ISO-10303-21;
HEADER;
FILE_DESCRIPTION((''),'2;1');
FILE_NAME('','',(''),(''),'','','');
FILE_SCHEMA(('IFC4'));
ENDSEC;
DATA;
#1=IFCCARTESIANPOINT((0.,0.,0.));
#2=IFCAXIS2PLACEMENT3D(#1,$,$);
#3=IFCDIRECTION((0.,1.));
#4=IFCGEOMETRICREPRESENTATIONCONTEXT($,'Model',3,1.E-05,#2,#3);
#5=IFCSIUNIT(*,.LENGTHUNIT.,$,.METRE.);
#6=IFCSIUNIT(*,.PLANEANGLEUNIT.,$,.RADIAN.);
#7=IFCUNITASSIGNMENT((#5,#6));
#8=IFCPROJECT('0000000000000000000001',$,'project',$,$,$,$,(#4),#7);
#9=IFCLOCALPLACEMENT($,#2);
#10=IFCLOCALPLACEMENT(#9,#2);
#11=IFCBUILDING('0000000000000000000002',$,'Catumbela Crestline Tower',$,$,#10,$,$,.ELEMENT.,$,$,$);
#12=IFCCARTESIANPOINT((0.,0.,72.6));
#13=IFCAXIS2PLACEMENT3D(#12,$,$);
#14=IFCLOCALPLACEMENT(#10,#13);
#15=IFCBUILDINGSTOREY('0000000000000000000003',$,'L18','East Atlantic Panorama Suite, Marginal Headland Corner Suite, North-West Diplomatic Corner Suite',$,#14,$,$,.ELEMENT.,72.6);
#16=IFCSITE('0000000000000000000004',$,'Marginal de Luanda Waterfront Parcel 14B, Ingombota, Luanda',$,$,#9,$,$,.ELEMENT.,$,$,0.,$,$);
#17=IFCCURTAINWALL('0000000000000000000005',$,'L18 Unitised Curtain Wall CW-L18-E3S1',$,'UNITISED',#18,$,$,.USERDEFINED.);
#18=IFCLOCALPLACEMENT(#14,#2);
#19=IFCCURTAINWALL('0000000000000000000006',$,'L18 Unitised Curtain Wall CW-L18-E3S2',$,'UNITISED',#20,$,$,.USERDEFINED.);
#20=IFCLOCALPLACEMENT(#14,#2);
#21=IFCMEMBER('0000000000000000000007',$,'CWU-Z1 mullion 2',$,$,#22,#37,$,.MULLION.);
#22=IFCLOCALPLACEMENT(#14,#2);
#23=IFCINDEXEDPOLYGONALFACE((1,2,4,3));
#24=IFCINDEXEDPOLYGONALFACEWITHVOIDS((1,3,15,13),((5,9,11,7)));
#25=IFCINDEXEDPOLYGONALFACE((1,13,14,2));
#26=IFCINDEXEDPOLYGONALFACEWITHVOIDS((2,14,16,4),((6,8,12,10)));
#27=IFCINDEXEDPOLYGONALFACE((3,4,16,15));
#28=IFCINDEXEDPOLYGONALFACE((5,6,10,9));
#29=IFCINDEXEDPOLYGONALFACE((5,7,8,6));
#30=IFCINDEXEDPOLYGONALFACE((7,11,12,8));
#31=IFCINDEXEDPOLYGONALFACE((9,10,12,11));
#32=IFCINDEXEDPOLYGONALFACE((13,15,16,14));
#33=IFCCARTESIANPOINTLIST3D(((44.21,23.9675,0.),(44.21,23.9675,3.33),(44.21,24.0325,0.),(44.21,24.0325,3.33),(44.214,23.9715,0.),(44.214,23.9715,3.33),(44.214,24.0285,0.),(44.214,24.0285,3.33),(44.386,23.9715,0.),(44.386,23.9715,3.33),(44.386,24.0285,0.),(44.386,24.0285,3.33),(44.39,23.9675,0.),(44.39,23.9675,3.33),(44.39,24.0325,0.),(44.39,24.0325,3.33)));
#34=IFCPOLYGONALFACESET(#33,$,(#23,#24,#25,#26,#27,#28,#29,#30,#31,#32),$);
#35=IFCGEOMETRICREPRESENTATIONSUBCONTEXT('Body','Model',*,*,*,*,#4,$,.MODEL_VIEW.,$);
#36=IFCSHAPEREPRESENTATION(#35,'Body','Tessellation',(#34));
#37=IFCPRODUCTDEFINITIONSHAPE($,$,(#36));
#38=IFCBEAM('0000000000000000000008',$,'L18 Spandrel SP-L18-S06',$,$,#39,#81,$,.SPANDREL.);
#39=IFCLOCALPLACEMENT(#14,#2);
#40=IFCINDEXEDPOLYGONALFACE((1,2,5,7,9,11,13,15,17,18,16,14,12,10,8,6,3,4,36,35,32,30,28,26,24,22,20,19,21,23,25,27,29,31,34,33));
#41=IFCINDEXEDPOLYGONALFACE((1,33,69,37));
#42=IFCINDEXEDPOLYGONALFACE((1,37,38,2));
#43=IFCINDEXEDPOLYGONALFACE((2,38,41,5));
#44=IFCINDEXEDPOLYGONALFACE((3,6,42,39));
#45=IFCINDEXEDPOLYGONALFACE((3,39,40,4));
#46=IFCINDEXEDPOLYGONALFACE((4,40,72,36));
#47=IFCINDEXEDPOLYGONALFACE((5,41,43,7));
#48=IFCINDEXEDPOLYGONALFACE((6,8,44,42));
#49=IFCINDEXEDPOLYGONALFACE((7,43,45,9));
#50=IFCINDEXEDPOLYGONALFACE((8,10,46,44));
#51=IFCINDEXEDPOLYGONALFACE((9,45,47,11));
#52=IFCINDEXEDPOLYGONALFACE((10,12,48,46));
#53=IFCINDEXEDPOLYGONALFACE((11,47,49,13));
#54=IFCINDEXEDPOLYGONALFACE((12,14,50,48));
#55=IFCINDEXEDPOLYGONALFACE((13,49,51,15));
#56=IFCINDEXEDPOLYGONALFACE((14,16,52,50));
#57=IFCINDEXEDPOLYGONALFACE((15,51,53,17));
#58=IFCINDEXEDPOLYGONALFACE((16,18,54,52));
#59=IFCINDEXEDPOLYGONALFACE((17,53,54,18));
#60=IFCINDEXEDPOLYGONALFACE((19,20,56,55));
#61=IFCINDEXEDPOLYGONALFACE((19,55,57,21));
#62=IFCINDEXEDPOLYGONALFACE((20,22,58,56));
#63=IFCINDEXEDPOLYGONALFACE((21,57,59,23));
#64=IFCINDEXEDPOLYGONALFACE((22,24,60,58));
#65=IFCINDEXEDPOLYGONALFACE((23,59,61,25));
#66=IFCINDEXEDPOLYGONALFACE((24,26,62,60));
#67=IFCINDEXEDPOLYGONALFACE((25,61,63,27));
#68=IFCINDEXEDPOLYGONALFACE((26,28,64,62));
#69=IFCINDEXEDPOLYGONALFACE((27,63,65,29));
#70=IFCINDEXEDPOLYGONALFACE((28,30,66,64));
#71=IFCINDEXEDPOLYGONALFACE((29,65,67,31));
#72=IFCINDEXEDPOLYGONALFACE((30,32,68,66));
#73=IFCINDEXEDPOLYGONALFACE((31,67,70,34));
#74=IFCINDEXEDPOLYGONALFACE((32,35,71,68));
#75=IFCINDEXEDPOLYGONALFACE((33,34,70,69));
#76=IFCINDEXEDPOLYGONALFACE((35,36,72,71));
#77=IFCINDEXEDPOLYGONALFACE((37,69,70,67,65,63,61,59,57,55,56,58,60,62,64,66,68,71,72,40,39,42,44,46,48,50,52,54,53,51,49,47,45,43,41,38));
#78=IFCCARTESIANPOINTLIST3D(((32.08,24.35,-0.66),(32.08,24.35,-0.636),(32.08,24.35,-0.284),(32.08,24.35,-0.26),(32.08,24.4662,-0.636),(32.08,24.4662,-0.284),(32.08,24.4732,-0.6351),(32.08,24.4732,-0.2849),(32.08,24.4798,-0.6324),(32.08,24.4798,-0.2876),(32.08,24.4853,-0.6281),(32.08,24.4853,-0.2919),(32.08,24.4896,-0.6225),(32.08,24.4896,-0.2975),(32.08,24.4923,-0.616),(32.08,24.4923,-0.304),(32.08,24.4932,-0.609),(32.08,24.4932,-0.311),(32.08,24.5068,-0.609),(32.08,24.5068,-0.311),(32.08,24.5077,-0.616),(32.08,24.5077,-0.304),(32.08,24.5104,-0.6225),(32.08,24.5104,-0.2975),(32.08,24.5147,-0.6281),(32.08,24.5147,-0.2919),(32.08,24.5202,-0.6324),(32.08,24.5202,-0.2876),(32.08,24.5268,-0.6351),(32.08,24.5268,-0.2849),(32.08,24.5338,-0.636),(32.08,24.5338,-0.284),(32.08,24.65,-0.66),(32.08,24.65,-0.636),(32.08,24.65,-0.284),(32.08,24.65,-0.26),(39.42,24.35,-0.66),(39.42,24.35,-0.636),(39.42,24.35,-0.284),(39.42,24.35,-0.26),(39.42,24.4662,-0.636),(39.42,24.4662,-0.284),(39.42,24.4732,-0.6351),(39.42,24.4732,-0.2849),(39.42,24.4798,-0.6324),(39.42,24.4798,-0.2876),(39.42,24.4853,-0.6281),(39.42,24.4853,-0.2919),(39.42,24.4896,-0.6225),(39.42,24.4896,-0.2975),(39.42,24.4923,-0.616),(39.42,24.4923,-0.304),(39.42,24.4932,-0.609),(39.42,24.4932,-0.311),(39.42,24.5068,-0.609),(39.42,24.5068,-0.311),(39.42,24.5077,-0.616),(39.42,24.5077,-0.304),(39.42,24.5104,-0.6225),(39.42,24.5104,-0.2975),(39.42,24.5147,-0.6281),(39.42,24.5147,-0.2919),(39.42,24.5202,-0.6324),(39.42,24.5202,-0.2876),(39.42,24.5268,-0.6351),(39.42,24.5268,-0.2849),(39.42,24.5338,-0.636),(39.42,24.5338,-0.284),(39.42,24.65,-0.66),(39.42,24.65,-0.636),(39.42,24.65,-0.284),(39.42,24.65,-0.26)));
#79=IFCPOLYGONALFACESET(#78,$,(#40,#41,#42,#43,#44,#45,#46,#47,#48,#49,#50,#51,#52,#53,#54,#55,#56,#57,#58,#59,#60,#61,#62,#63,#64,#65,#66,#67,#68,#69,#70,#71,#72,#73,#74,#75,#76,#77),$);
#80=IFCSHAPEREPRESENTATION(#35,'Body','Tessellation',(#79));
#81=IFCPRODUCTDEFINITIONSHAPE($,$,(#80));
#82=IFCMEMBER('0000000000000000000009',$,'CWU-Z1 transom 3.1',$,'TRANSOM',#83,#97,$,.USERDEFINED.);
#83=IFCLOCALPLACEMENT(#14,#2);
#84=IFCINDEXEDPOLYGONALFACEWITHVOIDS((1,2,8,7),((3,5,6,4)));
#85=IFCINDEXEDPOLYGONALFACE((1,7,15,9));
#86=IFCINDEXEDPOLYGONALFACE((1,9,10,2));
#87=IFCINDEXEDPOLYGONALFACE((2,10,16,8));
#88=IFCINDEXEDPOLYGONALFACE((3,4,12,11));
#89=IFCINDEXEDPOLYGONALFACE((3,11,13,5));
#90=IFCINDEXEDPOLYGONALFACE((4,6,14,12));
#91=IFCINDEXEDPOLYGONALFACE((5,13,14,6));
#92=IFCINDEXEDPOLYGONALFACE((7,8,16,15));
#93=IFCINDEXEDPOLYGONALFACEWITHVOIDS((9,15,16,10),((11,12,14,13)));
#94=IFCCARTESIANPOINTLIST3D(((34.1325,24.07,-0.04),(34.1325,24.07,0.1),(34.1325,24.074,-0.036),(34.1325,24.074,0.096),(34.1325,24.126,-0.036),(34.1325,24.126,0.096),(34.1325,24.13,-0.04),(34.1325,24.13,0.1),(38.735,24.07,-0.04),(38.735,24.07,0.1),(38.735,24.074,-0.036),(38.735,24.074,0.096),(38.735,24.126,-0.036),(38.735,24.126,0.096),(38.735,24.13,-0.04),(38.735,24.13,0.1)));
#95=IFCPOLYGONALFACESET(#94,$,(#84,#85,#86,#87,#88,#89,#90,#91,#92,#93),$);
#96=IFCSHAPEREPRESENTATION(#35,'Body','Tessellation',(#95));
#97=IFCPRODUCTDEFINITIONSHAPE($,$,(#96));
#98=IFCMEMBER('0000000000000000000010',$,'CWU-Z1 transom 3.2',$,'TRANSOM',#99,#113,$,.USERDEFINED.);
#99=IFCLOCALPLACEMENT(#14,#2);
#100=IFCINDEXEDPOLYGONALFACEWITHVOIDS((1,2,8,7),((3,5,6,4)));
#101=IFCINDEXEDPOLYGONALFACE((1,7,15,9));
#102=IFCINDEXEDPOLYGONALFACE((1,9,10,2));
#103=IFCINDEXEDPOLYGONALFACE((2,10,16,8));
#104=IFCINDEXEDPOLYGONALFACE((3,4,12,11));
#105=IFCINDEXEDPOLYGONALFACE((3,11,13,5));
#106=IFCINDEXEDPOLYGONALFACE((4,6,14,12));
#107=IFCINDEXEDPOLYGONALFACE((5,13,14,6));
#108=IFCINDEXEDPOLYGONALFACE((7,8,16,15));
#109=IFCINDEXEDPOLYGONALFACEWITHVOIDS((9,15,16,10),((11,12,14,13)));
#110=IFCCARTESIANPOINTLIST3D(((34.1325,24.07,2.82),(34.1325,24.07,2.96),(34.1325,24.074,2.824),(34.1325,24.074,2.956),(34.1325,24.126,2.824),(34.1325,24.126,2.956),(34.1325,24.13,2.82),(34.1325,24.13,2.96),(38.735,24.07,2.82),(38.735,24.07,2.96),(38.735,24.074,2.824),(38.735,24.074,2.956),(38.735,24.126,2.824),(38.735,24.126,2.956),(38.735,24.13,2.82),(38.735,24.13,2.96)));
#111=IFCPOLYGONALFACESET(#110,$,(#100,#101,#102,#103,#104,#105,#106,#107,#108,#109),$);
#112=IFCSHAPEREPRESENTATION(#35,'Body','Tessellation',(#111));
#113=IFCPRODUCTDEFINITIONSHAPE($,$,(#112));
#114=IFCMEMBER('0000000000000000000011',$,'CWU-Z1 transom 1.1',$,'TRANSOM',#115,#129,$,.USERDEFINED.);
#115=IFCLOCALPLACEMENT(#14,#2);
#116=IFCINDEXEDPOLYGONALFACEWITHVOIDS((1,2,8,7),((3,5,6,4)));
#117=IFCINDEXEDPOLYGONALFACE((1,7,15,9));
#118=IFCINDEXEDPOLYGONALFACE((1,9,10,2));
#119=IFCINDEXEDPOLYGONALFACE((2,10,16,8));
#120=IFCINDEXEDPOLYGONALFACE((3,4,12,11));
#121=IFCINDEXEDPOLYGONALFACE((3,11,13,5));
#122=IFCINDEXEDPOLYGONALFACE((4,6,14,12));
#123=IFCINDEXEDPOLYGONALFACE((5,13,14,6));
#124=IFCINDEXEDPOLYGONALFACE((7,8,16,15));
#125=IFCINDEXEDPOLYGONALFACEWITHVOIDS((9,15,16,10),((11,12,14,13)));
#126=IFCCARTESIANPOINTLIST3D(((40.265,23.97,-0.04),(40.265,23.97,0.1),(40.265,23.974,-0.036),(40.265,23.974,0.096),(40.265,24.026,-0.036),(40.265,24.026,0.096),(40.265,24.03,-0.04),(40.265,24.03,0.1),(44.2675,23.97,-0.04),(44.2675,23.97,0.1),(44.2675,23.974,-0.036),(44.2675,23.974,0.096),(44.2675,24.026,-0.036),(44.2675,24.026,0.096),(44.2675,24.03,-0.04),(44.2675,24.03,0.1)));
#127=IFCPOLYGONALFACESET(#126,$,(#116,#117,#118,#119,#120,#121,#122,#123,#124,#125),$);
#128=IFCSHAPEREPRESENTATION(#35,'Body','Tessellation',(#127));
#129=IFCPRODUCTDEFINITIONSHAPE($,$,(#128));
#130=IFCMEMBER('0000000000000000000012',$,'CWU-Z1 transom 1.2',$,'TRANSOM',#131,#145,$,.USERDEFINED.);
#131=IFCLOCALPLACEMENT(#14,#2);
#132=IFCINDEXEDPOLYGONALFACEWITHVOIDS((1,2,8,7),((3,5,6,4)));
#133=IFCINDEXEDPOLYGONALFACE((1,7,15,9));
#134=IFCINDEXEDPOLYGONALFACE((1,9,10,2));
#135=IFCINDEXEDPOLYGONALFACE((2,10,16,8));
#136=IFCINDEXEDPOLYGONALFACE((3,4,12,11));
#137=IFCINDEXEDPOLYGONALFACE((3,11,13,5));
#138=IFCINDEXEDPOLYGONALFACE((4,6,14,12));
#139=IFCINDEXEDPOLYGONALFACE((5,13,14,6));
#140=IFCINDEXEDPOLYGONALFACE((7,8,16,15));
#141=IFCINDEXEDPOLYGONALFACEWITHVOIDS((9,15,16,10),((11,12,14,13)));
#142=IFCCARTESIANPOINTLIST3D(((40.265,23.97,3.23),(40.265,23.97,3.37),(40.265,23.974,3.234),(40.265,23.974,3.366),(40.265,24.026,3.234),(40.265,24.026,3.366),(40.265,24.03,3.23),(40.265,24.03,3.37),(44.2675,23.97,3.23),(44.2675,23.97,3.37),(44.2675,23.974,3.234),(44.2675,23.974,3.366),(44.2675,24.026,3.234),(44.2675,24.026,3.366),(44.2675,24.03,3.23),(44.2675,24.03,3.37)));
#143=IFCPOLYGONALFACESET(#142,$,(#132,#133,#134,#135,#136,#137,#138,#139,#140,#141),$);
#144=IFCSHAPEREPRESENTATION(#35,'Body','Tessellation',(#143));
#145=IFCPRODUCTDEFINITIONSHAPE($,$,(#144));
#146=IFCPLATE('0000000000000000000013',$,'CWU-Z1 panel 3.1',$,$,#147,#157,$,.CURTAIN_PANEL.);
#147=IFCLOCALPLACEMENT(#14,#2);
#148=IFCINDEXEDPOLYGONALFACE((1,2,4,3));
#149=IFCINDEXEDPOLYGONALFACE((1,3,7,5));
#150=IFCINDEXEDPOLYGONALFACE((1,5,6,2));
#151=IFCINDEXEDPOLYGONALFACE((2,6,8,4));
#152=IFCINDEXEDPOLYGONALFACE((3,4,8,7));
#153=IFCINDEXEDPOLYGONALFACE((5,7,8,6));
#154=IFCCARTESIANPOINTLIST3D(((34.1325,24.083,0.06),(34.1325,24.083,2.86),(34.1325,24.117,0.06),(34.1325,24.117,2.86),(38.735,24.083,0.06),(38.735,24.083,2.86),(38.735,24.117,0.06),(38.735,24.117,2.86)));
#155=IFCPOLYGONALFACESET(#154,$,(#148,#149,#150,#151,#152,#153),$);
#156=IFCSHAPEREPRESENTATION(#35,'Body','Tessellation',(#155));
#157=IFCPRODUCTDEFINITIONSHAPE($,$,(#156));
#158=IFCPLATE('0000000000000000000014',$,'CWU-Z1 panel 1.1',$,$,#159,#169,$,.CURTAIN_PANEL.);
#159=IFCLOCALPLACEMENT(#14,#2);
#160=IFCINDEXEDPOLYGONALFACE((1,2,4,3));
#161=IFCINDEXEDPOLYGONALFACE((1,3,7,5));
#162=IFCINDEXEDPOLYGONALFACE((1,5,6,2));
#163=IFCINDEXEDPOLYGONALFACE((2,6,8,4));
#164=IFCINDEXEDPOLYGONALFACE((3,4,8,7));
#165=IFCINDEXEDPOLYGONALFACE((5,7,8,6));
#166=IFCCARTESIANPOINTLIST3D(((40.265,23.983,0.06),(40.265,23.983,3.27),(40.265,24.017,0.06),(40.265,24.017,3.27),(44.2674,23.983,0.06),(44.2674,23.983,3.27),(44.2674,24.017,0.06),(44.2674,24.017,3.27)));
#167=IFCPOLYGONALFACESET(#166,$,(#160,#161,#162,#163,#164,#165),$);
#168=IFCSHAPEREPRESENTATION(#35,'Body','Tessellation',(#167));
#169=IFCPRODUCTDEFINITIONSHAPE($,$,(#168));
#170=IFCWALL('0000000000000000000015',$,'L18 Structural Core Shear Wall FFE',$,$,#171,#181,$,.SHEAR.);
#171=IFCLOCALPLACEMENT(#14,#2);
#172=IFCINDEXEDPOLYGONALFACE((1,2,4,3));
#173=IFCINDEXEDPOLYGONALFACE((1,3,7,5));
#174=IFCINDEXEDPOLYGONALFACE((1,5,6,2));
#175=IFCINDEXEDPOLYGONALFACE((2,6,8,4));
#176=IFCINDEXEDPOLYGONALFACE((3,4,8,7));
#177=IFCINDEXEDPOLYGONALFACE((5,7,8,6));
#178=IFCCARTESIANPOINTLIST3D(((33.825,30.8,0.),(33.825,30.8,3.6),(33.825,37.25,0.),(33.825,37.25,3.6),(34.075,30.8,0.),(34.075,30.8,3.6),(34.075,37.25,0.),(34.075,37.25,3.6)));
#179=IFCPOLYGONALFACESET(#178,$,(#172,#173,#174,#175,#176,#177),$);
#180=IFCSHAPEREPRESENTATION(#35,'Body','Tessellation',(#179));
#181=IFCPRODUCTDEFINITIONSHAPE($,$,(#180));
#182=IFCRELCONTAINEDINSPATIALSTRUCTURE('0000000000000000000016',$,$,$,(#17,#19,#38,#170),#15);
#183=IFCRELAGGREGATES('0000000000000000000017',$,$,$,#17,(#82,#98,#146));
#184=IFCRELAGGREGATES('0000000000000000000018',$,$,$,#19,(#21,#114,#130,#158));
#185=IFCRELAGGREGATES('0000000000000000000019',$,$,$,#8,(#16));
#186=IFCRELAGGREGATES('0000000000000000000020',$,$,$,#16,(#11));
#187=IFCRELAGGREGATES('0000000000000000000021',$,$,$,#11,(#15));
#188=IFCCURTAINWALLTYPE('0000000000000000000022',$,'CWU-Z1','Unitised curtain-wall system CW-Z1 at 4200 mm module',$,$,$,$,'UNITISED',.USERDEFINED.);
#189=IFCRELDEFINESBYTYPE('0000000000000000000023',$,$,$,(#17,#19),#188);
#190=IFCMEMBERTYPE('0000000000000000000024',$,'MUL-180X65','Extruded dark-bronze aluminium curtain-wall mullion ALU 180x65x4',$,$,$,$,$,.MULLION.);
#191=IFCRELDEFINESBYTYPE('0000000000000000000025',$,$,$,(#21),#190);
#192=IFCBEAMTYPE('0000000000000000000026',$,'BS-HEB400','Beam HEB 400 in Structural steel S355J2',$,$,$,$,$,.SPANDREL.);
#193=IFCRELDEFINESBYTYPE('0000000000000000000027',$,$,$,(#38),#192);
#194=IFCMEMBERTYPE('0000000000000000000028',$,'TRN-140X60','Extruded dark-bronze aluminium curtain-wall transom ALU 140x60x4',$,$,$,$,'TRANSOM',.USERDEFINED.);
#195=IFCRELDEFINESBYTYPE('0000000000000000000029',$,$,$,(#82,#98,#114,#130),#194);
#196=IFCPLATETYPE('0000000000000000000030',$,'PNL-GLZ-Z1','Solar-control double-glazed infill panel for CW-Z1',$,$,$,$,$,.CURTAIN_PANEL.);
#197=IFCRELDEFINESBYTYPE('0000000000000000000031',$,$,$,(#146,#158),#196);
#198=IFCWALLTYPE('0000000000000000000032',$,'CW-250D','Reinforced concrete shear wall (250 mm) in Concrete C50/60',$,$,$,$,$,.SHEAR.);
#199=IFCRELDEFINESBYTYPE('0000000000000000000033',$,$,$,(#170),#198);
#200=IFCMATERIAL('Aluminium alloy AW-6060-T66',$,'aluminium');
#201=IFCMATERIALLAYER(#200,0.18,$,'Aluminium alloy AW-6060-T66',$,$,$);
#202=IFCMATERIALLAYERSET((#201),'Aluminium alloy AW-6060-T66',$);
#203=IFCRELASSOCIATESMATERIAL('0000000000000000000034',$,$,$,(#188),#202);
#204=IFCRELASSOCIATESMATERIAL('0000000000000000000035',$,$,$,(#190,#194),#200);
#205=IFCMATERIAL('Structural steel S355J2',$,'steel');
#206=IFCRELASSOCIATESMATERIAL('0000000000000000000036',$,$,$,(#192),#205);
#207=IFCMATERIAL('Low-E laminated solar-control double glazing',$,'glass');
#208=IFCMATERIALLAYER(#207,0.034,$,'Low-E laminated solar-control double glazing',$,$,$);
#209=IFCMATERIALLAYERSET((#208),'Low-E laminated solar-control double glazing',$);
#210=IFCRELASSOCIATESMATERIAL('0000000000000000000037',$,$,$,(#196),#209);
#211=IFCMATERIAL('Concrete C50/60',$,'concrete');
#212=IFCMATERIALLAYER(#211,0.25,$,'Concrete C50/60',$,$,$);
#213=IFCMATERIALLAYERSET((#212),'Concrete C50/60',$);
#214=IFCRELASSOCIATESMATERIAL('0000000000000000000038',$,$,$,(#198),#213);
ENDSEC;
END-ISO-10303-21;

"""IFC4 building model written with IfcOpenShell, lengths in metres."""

from ifc_helpers import new_model, si_unit, direction, frame, frame_2d, origin, origin_2d, place, context, subcontext, project, spatial, rectangle, hollow_rectangle, i_section, extrude, material, layer, layer_set, material_profile, profile_set, type_object, element, aggregate, save


model = new_model("IFC4")

# Units and contexts
model_context = context("Model", 3, precision=1e-05, world=origin(), true_north=direction((0.0, 1.0)))
body_context = subcontext(model_context, "Body", "Model", "MODEL_VIEW")
ifc_project = project(units=[si_unit("LENGTHUNIT", "METRE"), si_unit("PLANEANGLEUNIT", "RADIAN")], contexts=[model_context])

# Site, building, storey
site_placement = place(None, origin())
site = spatial("IfcSite", under=ifc_project, at=site_placement, Name="Marginal de Luanda Waterfront Parcel 14B, Ingombota, Luanda", CompositionType="ELEMENT", RefElevation=0.0)
building_placement = place(site_placement, origin())
building = spatial("IfcBuilding", under=site, at=building_placement, Name="Catumbela Crestline Tower", CompositionType="ELEMENT")
storey_placement = place(building_placement, frame((0.0, 0.0, 72.6)))
storey = spatial("IfcBuildingStorey", under=building, at=storey_placement, Name="L18", Description="East Atlantic Panorama Suite, Marginal Headland Corner Suite, North-West Diplomatic Corner Suite", CompositionType="ELEMENT", Elevation=72.6)

# Shared definitions
ifc_material_1 = material(Name="Structural steel S355J2", Category="steel")

# Curtain walls, member
ifc_material_2 = material(Name="Aluminium alloy AW-6060-T66", Category="aluminium")
ifc_layer_1 = layer(ifc_material_2, 0.18, Name="Aluminium alloy AW-6060-T66")
ifc_layer_set_1 = layer_set([ifc_layer_1], Name="Aluminium alloy AW-6060-T66")
curtain_wall_type = type_object("IfcCurtainWallType", Name="CWU-Z1", Description="Unitised curtain-wall system CW-Z1 at 4200 mm module", ElementType="UNITISED", PredefinedType="USERDEFINED", material=ifc_layer_set_1)
curtain_wall_1_placement = place(storey_placement, origin())
curtain_wall_1 = element("IfcCurtainWall", 1, at=curtain_wall_1_placement, inside=storey, type_object=curtain_wall_type, Name="L18 Unitised Curtain Wall CW-L18-E3S1", ObjectType="UNITISED", PredefinedType="USERDEFINED")
ifc_material_profile_1 = material_profile(ifc_material_2, hollow_rectangle(XDim=0.065, YDim=0.18, WallThickness=0.004, at=origin_2d()), Name="ALU 180x65x4")
ifc_profile_set_1 = profile_set([ifc_material_profile_1], Name="Aluminium alloy AW-6060-T66")
member_type_1 = type_object("IfcMemberType", Name="MUL-180X65", Description="Extruded dark-bronze aluminium curtain-wall mullion ALU 180x65x4", PredefinedType="MULLION", material=ifc_profile_set_1)
curtain_wall_2_placement = place(storey_placement, origin())
curtain_wall_2 = element("IfcCurtainWall", 2, at=curtain_wall_2_placement, inside=storey, type_object=curtain_wall_type, Name="L18 Unitised Curtain Wall CW-L18-E3S2", ObjectType="UNITISED", PredefinedType="USERDEFINED")
member_1_placement = place(storey_placement, frame((44.3, 24.0, 0.0), z_axis=(0.0, 0.0, 1.0), x_axis=(0.0, 1.0, 0.0)))
member_1 = element("IfcMember", 3, at=member_1_placement, type_object=member_type_1, Name="CWU-Z1 mullion 2", PredefinedType="MULLION", context=body_context, shape_type="SweptSolid", body=[
    extrude(hollow_rectangle(XDim=0.065, YDim=0.18, WallThickness=0.004, at=origin_2d()), origin(), (0.0, 0.0, 1.0), 3.33),
])

# Beam
ifc_material_profile_2 = material_profile(ifc_material_1, i_section(OverallWidth=0.3, OverallDepth=0.4, WebThickness=0.0135, FlangeThickness=0.024, FilletRadius=0.027, at=origin_2d()), Name="HEB 400")
ifc_profile_set_2 = profile_set([ifc_material_profile_2], Name="Structural steel S355J2")
beam_type_1 = type_object("IfcBeamType", Name="BS-HEB400", Description="Beam HEB 400 in Structural steel S355J2", PredefinedType="SPANDREL", material=ifc_profile_set_2)
beam_1_placement = place(storey_placement, frame((32.08, 24.5, -0.46), z_axis=(1.0, 0.0, 0.0), x_axis=(0.0, 1.0, 0.0)))
element("IfcBeam", 4, at=beam_1_placement, inside=storey, type_object=beam_type_1, Name="L18 Spandrel SP-L18-S06", PredefinedType="SPANDREL", context=body_context, shape_type="SweptSolid", body=[
    extrude(i_section(OverallWidth=0.3, OverallDepth=0.4, WebThickness=0.0135, FlangeThickness=0.024, FilletRadius=0.027, at=origin_2d()), origin(), (0.0, 0.0, 1.0), 7.34),
])

# Members
ifc_material_profile_3 = material_profile(ifc_material_2, hollow_rectangle(XDim=0.06, YDim=0.14, WallThickness=0.004, at=origin_2d()), Name="ALU 140x60x4")
ifc_profile_set_3 = profile_set([ifc_material_profile_3], Name="Aluminium alloy AW-6060-T66")
member_type_2 = type_object("IfcMemberType", Name="TRN-140X60", Description="Extruded dark-bronze aluminium curtain-wall transom ALU 140x60x4", ElementType="TRANSOM", PredefinedType="USERDEFINED", material=ifc_profile_set_3)
member_2_placement = place(storey_placement, frame((34.1325, 24.1, 0.03), z_axis=(1.0, 0.0, 0.0), x_axis=(0.0, 1.0, 0.0)))
member_2 = element("IfcMember", 5, at=member_2_placement, type_object=member_type_2, Name="CWU-Z1 transom 3.1", ObjectType="TRANSOM", PredefinedType="USERDEFINED", context=body_context, shape_type="SweptSolid", body=[
    extrude(hollow_rectangle(XDim=0.06, YDim=0.14, WallThickness=0.004, at=origin_2d()), origin(), (0.0, 0.0, 1.0), 4.6025),
])
member_3_placement = place(storey_placement, frame((34.1325, 24.1, 2.89), z_axis=(1.0, 0.0, 0.0), x_axis=(0.0, 1.0, 0.0)))
member_3 = element("IfcMember", 6, at=member_3_placement, type_object=member_type_2, Name="CWU-Z1 transom 3.2", ObjectType="TRANSOM", PredefinedType="USERDEFINED", context=body_context, shape_type="SweptSolid", body=[
    extrude(hollow_rectangle(XDim=0.06, YDim=0.14, WallThickness=0.004, at=origin_2d()), origin(), (0.0, 0.0, 1.0), 4.6025),
])
member_4_placement = place(storey_placement, frame((40.265, 24.0, 0.03), z_axis=(1.0, 0.0, 0.0), x_axis=(0.0, 1.0, 0.0)))
member_4 = element("IfcMember", 7, at=member_4_placement, type_object=member_type_2, Name="CWU-Z1 transom 1.1", ObjectType="TRANSOM", PredefinedType="USERDEFINED", context=body_context, shape_type="SweptSolid", body=[
    extrude(hollow_rectangle(XDim=0.06, YDim=0.14, WallThickness=0.004, at=origin_2d()), origin(), (0.0, 0.0, 1.0), 4.0025),
])
member_5_placement = place(storey_placement, frame((40.265, 24.0, 3.3), z_axis=(1.0, 0.0, 0.0), x_axis=(0.0, 1.0, 0.0)))
member_5 = element("IfcMember", 8, at=member_5_placement, type_object=member_type_2, Name="CWU-Z1 transom 1.2", ObjectType="TRANSOM", PredefinedType="USERDEFINED", context=body_context, shape_type="SweptSolid", body=[
    extrude(hollow_rectangle(XDim=0.06, YDim=0.14, WallThickness=0.004, at=origin_2d()), origin(), (0.0, 0.0, 1.0), 4.0025),
])

# Plates
ifc_material_3 = material(Name="Low-E laminated solar-control double glazing", Category="glass")
ifc_layer_2 = layer(ifc_material_3, 0.034, Name="Low-E laminated solar-control double glazing")
ifc_layer_set_2 = layer_set([ifc_layer_2], Name="Low-E laminated solar-control double glazing")
plate_type = type_object("IfcPlateType", Name="PNL-GLZ-Z1", Description="Solar-control double-glazed infill panel for CW-Z1", PredefinedType="CURTAIN_PANEL", material=ifc_layer_set_2)
plate_1_placement = place(storey_placement, frame((36.4338, 24.1, 0.06), z_axis=(0.0, 0.0, 1.0), x_axis=(1.0, 0.0, 0.0)))
plate_1 = element("IfcPlate", 9, at=plate_1_placement, type_object=plate_type, Name="CWU-Z1 panel 3.1", PredefinedType="CURTAIN_PANEL", context=body_context, shape_type="SweptSolid", body=[
    extrude(rectangle(XDim=4.6025, YDim=0.034, at=origin_2d()), origin(), (0.0, 0.0, 1.0), 2.8),
])
aggregate(curtain_wall_1, [member_2, member_3, plate_1])
plate_2_placement = place(storey_placement, frame((42.2662, 24.0, 0.06), z_axis=(0.0, 0.0, 1.0), x_axis=(1.0, 0.0, 0.0)))
plate_2 = element("IfcPlate", 10, at=plate_2_placement, type_object=plate_type, Name="CWU-Z1 panel 1.1", PredefinedType="CURTAIN_PANEL", context=body_context, shape_type="SweptSolid", body=[
    extrude(rectangle(XDim=4.0025, YDim=0.034, at=origin_2d()), origin(), (0.0, 0.0, 1.0), 3.21),
])
aggregate(curtain_wall_2, [member_1, member_4, member_5, plate_2])

# Wall
ifc_material_4 = material(Name="Concrete C50/60", Category="concrete")
ifc_layer_3 = layer(ifc_material_4, 0.25, Name="Concrete C50/60")
ifc_layer_set_3 = layer_set([ifc_layer_3], Name="Concrete C50/60")
wall_type_1 = type_object("IfcWallType", Name="CW-250D", Description="Reinforced concrete shear wall (250 mm) in Concrete C50/60", PredefinedType="SHEAR", material=ifc_layer_set_3)
wall_1_placement = place(storey_placement, frame((33.95, 30.8, 0.0), z_axis=(0.0, 0.0, 1.0), x_axis=(0.0, 1.0, 0.0)))
element("IfcWall", 11, at=wall_1_placement, inside=storey, type_object=wall_type_1, Name="L18 Structural Core Shear Wall FFE", PredefinedType="SHEAR", context=body_context, shape_type="SweptSolid", body=[
    extrude(rectangle(XDim=6.45, YDim=0.25, at=frame_2d((3.225, 0.0))), origin(), (0.0, 0.0, 1.0), 3.6),
])

save(model, "model.ifc")
